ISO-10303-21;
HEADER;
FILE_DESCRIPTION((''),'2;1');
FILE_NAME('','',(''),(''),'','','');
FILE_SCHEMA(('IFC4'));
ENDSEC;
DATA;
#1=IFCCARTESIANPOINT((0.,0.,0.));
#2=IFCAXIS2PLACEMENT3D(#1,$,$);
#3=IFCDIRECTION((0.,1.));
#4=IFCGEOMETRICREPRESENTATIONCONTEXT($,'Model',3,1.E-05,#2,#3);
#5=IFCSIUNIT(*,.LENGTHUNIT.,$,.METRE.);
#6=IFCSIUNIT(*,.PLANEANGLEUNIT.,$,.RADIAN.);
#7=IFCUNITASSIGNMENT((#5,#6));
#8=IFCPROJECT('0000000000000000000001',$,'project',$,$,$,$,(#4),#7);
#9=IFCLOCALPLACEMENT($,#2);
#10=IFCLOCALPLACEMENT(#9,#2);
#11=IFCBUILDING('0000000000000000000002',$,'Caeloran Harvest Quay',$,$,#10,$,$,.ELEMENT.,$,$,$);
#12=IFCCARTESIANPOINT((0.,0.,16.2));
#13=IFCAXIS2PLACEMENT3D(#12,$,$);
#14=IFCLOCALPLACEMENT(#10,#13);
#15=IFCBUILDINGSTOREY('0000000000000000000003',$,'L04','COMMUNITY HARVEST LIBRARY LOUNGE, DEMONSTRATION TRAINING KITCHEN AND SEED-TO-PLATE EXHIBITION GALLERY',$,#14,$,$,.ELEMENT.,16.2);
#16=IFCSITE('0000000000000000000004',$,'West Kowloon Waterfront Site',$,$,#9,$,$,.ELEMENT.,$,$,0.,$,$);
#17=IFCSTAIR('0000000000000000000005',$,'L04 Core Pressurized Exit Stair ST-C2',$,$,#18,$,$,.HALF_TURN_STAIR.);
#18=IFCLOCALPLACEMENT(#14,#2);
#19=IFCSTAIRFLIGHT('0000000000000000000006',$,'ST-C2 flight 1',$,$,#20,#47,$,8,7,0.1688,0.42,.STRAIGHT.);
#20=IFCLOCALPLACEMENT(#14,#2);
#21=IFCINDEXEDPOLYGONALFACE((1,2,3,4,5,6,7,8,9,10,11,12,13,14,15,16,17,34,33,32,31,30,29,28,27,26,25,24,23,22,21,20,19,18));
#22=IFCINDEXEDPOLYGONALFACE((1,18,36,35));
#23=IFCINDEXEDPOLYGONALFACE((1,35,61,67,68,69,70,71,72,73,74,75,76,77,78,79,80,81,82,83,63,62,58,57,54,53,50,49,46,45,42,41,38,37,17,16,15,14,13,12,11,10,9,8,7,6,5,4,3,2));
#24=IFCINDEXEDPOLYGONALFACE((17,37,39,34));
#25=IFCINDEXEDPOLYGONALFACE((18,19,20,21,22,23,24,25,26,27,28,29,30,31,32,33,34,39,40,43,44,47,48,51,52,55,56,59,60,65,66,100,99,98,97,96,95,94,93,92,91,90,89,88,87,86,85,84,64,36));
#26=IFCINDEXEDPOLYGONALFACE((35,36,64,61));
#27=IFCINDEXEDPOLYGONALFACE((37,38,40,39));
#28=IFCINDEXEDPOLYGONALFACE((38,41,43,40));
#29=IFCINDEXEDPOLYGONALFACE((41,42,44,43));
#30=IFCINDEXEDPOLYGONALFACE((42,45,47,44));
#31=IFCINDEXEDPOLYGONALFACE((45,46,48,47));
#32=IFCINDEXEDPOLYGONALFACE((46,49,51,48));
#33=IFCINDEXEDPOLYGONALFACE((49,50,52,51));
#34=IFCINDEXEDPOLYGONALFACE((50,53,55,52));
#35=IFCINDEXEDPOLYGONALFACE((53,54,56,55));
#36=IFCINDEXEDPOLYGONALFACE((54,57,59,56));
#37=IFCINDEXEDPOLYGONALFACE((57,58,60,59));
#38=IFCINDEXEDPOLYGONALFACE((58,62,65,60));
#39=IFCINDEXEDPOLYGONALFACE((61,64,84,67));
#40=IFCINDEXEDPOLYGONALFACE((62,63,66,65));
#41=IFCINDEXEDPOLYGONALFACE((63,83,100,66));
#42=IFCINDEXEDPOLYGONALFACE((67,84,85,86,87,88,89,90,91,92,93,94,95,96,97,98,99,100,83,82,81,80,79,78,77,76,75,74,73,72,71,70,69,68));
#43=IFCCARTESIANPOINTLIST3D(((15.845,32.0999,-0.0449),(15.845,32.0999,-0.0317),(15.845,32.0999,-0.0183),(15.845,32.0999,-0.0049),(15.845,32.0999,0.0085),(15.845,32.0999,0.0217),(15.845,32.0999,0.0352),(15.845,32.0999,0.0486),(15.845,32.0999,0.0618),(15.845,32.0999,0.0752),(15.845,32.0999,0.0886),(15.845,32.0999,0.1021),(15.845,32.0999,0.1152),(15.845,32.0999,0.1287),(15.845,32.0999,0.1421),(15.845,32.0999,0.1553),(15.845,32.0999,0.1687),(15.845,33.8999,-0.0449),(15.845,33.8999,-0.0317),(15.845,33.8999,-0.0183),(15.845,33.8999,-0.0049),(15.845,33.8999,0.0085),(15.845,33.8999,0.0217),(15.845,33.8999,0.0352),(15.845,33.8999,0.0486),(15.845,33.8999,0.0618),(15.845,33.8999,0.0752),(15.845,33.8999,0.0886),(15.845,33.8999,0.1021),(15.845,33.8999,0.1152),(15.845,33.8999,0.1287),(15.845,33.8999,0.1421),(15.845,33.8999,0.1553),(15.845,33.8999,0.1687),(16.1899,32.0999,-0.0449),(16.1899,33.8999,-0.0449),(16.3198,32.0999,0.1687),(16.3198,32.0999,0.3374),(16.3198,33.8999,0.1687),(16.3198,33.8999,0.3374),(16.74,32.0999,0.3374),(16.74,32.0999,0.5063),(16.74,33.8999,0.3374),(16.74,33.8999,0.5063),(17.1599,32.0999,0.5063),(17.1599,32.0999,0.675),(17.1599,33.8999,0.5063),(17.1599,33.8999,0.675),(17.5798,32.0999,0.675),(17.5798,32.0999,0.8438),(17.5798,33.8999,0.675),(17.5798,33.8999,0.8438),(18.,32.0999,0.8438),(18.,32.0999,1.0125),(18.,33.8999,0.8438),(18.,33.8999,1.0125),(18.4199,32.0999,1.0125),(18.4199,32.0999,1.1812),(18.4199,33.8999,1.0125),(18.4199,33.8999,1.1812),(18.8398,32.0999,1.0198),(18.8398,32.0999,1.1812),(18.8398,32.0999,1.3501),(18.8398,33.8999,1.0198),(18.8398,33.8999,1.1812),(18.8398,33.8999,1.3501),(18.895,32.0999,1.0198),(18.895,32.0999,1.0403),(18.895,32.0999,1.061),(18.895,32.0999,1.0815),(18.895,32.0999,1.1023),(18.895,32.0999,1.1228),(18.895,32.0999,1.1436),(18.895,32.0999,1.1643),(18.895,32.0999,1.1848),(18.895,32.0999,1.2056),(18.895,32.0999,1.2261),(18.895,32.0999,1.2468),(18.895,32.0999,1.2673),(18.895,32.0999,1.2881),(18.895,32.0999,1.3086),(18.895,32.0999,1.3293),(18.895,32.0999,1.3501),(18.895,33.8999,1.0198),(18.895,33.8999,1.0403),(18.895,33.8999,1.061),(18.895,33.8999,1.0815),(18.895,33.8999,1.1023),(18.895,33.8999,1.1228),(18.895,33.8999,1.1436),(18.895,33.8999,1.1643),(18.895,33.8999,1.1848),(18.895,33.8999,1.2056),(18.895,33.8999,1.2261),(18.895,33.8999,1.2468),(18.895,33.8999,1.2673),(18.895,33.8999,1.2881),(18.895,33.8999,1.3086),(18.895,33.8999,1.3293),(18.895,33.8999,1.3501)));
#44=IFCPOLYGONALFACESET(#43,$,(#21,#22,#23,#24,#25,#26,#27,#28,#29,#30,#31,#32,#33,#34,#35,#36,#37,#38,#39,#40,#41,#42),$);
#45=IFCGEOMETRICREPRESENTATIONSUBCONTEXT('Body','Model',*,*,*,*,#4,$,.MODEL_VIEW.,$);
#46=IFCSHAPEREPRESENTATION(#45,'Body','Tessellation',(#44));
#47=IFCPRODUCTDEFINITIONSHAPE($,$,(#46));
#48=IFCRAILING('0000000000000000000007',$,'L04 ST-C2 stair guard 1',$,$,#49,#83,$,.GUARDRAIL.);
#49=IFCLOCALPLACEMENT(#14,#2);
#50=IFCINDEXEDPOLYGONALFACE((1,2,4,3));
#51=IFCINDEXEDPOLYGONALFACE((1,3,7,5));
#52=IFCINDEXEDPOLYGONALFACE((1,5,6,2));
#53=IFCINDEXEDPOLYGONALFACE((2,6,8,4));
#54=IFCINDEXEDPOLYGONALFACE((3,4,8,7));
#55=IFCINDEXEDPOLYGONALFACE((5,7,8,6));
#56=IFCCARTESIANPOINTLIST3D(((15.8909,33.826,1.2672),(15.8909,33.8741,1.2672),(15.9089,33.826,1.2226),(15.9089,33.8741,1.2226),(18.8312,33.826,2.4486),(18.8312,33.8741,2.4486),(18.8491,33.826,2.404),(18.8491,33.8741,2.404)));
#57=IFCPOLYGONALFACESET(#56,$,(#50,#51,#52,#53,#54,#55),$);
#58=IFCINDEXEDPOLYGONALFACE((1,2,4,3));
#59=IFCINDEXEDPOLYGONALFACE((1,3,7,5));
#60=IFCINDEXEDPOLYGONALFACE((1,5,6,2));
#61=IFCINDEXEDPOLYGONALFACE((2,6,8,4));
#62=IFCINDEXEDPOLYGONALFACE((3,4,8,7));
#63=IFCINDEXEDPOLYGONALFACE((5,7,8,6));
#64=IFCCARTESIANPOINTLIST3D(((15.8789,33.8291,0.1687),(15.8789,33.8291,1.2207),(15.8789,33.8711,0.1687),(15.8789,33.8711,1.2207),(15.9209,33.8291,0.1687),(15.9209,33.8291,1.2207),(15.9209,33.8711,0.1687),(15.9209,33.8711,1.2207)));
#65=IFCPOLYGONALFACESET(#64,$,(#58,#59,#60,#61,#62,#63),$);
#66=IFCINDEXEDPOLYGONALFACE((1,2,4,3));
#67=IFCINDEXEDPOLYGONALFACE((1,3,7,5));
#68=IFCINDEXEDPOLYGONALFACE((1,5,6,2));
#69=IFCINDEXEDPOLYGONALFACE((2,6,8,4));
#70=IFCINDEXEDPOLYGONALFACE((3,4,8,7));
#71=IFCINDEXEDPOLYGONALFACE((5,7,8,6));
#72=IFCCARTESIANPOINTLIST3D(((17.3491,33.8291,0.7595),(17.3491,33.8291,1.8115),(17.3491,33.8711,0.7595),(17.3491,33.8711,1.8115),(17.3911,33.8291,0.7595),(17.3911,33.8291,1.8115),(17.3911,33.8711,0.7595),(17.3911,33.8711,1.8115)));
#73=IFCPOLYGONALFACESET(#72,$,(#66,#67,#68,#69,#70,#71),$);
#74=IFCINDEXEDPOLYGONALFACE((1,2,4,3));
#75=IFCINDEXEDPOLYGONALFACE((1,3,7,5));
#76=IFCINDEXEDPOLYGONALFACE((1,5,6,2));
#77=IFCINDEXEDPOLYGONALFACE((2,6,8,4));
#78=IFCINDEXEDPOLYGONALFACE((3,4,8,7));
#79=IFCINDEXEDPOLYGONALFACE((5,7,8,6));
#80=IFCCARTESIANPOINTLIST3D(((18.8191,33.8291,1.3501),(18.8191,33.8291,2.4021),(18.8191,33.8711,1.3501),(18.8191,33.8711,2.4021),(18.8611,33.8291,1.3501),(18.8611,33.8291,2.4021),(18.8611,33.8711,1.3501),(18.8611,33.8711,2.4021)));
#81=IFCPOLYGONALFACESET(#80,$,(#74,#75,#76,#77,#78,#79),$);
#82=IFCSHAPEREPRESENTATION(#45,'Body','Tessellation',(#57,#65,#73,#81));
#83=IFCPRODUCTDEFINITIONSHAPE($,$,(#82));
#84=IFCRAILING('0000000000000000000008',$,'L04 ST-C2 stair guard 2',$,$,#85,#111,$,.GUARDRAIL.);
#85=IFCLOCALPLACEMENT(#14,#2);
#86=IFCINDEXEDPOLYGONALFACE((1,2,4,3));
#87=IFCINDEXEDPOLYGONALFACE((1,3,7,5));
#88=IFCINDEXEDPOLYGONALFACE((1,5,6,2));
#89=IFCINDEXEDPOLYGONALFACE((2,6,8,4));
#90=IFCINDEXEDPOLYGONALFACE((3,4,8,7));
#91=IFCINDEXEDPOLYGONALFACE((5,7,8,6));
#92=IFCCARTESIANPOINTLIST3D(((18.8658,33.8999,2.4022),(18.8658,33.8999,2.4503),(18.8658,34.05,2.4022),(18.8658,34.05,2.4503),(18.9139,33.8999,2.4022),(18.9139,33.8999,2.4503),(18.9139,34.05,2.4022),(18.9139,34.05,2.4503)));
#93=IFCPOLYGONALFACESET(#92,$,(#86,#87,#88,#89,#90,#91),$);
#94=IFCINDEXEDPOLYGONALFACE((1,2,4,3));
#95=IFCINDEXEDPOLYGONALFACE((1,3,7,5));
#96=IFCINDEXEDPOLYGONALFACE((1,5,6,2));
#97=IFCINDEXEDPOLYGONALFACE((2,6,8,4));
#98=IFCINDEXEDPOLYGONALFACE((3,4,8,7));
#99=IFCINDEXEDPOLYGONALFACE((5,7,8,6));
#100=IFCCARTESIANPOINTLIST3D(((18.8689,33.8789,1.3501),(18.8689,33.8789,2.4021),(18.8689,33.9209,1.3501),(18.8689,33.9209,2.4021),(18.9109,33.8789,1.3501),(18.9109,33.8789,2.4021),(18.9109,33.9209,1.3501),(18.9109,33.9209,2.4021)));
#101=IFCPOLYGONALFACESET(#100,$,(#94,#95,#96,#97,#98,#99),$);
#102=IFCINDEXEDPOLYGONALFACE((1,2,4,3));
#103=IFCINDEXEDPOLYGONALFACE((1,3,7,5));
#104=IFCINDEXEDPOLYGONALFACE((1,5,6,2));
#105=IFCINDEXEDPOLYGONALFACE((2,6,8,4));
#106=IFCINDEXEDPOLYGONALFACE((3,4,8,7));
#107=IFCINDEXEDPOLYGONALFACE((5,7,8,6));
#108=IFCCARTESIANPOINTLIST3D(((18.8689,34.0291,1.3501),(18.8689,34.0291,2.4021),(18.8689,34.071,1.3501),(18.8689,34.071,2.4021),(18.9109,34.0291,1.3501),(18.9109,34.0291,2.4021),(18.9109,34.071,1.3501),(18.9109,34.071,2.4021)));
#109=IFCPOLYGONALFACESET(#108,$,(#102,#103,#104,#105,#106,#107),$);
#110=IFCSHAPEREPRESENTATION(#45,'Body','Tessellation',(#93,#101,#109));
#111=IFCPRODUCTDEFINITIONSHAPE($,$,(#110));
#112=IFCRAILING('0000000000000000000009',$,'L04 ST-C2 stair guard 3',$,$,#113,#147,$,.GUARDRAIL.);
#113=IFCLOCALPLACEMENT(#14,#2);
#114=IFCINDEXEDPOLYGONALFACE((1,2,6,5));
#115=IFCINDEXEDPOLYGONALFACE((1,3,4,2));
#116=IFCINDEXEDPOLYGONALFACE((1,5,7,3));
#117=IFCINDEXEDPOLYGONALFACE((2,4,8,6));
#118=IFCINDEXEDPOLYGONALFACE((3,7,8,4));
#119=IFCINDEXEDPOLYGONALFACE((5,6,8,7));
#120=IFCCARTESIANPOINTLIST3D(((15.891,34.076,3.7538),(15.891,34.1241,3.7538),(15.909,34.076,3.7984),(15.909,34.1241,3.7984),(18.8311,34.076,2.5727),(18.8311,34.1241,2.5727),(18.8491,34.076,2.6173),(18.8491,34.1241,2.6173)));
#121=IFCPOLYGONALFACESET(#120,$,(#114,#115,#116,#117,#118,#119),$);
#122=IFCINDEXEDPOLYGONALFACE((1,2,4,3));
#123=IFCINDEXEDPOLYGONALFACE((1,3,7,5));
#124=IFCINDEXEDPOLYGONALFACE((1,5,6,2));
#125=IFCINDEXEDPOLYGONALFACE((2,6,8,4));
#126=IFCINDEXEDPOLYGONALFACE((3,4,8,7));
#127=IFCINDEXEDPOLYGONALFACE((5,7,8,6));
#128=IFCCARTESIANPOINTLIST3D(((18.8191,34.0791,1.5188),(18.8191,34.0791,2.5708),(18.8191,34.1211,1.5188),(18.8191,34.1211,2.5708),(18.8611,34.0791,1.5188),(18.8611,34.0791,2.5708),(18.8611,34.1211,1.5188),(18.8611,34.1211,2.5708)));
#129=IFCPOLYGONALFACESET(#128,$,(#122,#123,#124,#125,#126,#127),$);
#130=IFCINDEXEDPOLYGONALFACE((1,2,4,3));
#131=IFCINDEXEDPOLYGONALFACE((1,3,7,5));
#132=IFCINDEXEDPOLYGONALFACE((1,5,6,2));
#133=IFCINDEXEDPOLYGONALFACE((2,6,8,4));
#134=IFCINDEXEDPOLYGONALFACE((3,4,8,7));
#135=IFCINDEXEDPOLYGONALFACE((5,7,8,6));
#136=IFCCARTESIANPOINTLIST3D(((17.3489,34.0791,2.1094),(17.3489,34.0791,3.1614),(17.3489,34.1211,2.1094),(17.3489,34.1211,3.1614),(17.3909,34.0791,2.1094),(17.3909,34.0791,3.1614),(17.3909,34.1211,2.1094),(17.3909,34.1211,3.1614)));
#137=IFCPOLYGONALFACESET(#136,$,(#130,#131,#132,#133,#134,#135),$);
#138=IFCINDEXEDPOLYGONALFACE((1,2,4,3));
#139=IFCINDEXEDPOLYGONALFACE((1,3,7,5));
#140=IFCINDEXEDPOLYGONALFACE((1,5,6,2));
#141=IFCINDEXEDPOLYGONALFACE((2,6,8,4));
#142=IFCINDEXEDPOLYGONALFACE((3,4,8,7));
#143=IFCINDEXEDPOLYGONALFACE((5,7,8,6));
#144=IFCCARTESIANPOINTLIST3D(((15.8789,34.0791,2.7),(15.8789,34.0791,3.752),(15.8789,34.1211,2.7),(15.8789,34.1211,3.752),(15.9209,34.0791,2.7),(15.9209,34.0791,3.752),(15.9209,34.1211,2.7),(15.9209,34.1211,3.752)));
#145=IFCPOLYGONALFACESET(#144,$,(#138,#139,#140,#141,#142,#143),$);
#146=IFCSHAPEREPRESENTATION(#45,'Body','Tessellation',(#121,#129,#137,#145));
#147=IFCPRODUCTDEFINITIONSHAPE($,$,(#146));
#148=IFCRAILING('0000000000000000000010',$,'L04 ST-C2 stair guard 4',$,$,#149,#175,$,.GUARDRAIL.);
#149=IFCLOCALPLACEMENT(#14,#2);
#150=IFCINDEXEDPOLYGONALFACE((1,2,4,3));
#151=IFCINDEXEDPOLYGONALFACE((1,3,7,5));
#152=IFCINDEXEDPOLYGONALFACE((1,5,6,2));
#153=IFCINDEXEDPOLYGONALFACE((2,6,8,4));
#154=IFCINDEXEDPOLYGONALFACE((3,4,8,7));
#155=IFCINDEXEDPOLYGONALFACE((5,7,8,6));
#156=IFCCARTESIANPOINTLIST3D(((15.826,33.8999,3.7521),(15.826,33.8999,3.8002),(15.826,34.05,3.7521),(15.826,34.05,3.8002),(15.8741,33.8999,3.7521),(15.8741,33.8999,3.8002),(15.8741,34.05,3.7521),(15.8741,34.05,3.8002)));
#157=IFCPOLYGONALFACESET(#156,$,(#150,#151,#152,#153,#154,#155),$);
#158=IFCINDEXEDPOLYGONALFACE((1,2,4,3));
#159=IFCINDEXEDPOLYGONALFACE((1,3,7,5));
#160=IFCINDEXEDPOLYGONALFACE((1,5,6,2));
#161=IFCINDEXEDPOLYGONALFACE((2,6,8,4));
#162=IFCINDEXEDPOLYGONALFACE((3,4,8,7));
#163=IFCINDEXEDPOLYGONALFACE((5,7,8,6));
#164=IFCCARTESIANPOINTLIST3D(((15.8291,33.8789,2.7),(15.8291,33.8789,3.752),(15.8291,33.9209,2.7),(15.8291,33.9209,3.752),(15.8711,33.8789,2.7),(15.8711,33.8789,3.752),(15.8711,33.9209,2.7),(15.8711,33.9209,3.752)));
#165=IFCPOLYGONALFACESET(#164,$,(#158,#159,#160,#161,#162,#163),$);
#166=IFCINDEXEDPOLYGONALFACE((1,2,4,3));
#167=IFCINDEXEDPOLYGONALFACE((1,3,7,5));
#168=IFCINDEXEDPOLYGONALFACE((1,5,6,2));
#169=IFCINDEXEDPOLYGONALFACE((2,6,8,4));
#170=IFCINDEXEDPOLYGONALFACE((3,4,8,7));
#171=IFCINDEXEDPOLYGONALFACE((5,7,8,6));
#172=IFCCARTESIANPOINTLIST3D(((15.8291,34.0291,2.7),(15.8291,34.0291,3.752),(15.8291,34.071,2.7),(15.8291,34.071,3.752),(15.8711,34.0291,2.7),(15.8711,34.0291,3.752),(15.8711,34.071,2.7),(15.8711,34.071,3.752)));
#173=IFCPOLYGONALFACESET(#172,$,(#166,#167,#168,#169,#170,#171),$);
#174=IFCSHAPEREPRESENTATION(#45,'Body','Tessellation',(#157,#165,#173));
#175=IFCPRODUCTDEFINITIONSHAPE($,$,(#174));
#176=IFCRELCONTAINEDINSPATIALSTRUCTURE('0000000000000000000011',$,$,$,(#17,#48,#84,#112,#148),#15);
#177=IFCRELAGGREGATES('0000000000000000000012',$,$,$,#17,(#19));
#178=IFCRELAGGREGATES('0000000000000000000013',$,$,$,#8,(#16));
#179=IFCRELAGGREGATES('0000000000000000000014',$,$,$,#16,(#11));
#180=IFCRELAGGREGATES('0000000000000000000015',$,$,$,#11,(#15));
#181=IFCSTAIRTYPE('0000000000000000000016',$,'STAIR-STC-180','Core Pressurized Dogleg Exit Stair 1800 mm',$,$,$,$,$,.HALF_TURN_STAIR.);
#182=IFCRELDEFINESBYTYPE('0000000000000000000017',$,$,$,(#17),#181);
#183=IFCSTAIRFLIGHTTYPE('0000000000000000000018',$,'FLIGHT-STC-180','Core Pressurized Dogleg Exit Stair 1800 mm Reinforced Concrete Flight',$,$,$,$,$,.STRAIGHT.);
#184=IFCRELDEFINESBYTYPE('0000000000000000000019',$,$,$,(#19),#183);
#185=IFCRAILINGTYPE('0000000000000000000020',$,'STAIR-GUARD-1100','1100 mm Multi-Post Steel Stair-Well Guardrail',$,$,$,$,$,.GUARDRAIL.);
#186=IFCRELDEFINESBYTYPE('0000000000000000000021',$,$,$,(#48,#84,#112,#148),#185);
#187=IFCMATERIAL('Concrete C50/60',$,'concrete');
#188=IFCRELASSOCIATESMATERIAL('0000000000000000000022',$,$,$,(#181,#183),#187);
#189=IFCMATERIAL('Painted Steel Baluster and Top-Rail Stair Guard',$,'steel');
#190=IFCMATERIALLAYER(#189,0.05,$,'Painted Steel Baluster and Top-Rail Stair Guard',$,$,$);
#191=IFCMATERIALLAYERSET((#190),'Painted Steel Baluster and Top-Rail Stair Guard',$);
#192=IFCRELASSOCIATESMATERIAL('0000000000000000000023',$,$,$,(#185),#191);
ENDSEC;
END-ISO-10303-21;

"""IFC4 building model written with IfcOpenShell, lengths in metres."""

from ifc_helpers import new_model, si_unit, direction, frame, origin, origin_2d, place, context, subcontext, project, spatial, polyline, rectangle, outline, extrude, material, layer, layer_set, type_object, element, aggregate, save


model = new_model("IFC4")

# Units and contexts
model_context = context("Model", 3, precision=1e-05, world=origin(), true_north=direction((0.0, 1.0)))
body_context = subcontext(model_context, "Body", "Model", "MODEL_VIEW")
ifc_project = project(units=[si_unit("LENGTHUNIT", "METRE"), si_unit("PLANEANGLEUNIT", "RADIAN")], contexts=[model_context])

# Site, building, storey
site_placement = place(None, origin())
site = spatial("IfcSite", under=ifc_project, at=site_placement, Name="West Kowloon Waterfront Site", CompositionType="ELEMENT", RefElevation=0.0)
building_placement = place(site_placement, origin())
building = spatial("IfcBuilding", under=site, at=building_placement, Name="Caeloran Harvest Quay", CompositionType="ELEMENT")
storey_placement = place(building_placement, frame((0.0, 0.0, 16.2)))
storey = spatial("IfcBuildingStorey", under=building, at=storey_placement, Name="L04", Description="COMMUNITY HARVEST LIBRARY LOUNGE, DEMONSTRATION TRAINING KITCHEN AND SEED-TO-PLATE EXHIBITION GALLERY", CompositionType="ELEMENT", Elevation=16.2)

# Shared definitions
ifc_material_1 = material(Name="Concrete C50/60", Category="concrete")

# Stair, stair flight
stair_type = type_object("IfcStairType", Name="STAIR-STC-180", Description="Core Pressurized Dogleg Exit Stair 1800 mm", PredefinedType="HALF_TURN_STAIR", material=ifc_material_1)
stair_placement = place(storey_placement, origin())
stair = element("IfcStair", 1, at=stair_placement, inside=storey, type_object=stair_type, Name="L04 Core Pressurized Exit Stair ST-C2", PredefinedType="HALF_TURN_STAIR")
stair_flight_type = type_object("IfcStairFlightType", Name="FLIGHT-STC-180", Description="Core Pressurized Dogleg Exit Stair 1800 mm Reinforced Concrete Flight", PredefinedType="STRAIGHT", material=ifc_material_1)
stair_flight_1_placement = place(storey_placement, frame((15.8999, 33.0, 0.0), z_axis=(0.0, 0.0, 1.0), x_axis=(1.0, 0.0, 0.0)))
stair_flight_1 = element("IfcStairFlight", 2, at=stair_flight_1_placement, type_object=stair_flight_type, Name="ST-C2 flight 1", NumberOfRisers=8, NumberOfTreads=7, PredefinedType="STRAIGHT", RiserHeight=0.1688, TreadLength=0.42, context=body_context, shape_type="SweptSolid", body=[
    extrude(outline(polyline([(-0.0549, -0.0449), (-0.0549, -0.0317), (-0.0549, -0.0183), (-0.0549, -0.0049), (-0.0549, 0.0085), (-0.0549, 0.0217), (-0.0549, 0.0352), (-0.0549, 0.0486), (-0.0549, 0.0618), (-0.0549, 0.0752), (-0.0549, 0.0886), (-0.0549, 0.1021), (-0.0549, 0.1152), (-0.0549, 0.1287), (-0.0549, 0.1421), (-0.0549, 0.1553), (-0.0549, 0.1687), (0.4199, 0.1687), (0.4199, 0.3374), (0.8401, 0.3374), (0.8401, 0.5063), (1.26, 0.5063), (1.26, 0.675), (1.6799, 0.675), (1.6799, 0.8438), (2.1001, 0.8438), (2.1001, 1.0125), (2.52, 1.0125), (2.52, 1.1812), (2.9399, 1.1812), (2.9399, 1.3501), (2.9951, 1.3501), (2.9951, 1.3293), (2.9951, 1.3086), (2.9951, 1.2881), (2.9951, 1.2673), (2.9951, 1.2468), (2.9951, 1.2261), (2.9951, 1.2056), (2.9951, 1.1848), (2.9951, 1.1643), (2.9951, 1.1436), (2.9951, 1.1228), (2.9951, 1.1023), (2.9951, 1.0815), (2.9951, 1.061), (2.9951, 1.0403), (2.9951, 1.0198), (2.9399, 1.0198), (0.29, -0.0449), (-0.0549, -0.0449)])), frame((0.0, 0.8999, 0.0), z_axis=(0.0, -1.0, 0.0), x_axis=(1.0, 0.0, 0.0)), (0.0, 0.0, 1.0), 1.8),
])
aggregate(stair, [stair_flight_1])

# Railings
ifc_material_2 = material(Name="Painted Steel Baluster and Top-Rail Stair Guard", Category="steel")
ifc_layer_1 = layer(ifc_material_2, 0.05, Name="Painted Steel Baluster and Top-Rail Stair Guard")
ifc_layer_set_1 = layer_set([ifc_layer_1], Name="Painted Steel Baluster and Top-Rail Stair Guard")
railing_type_1 = type_object("IfcRailingType", Name="STAIR-GUARD-1100", Description="1100 mm Multi-Post Steel Stair-Well Guardrail", PredefinedType="GUARDRAIL", material=ifc_layer_set_1)
railing_1_placement = place(storey_placement, frame((15.8999, 33.8501, 0.1687)))
element("IfcRailing", 3, at=railing_1_placement, inside=storey, type_object=railing_type_1, Name="L04 ST-C2 stair guard 1", PredefinedType="GUARDRAIL", context=body_context, shape_type="SweptSolid", body=[
    extrude(rectangle(XDim=0.0481, YDim=0.0481, at=origin_2d()), frame((0.0, 0.0, 1.0762), z_axis=(0.927896, 0.0, 0.372838), x_axis=(0.0, 1.0, 0.0)), (0.0, 0.0, 1.0), 3.1687),
    extrude(rectangle(XDim=0.042, YDim=0.042, at=origin_2d()), origin(), (0.0, 0.0, 1.0), 1.052),
    extrude(rectangle(XDim=0.042, YDim=0.042, at=origin_2d()), frame((1.4702, 0.0, 0.5908)), (0.0, 0.0, 1.0), 1.052),
    extrude(rectangle(XDim=0.042, YDim=0.042, at=origin_2d()), frame((2.9402, 0.0, 1.1814)), (0.0, 0.0, 1.0), 1.052),
])
railing_2_placement = place(storey_placement, frame((18.8899, 33.8999, 1.3501)))
element("IfcRailing", 4, at=railing_2_placement, inside=storey, type_object=railing_type_1, Name="L04 ST-C2 stair guard 2", PredefinedType="GUARDRAIL", context=body_context, shape_type="SweptSolid", body=[
    extrude(rectangle(XDim=0.0481, YDim=0.0481, at=origin_2d()), frame((0.0, 0.0, 1.0762), z_axis=(0.0, 1.0, 0.0), x_axis=(-1.0, 0.0, 0.0)), (0.0, 0.0, 1.0), 0.1501),
    extrude(rectangle(XDim=0.042, YDim=0.042, at=origin_2d()), origin(), (0.0, 0.0, 1.0), 1.052),
    extrude(rectangle(XDim=0.042, YDim=0.042, at=origin_2d()), frame((0.0, 0.1501, 0.0)), (0.0, 0.0, 1.0), 1.052),
])
railing_3_placement = place(storey_placement, frame((18.8401, 34.1001, 1.5188)))
element("IfcRailing", 5, at=railing_3_placement, inside=storey, type_object=railing_type_1, Name="L04 ST-C2 stair guard 3", PredefinedType="GUARDRAIL", context=body_context, shape_type="SweptSolid", body=[
    extrude(rectangle(XDim=0.0481, YDim=0.0481, at=origin_2d()), frame((0.0, 0.0, 1.0762), z_axis=(-0.927923, 0.0, 0.372772), x_axis=(0.0, -1.0, 0.0)), (0.0, 0.0, 1.0), 3.1685),
    extrude(rectangle(XDim=0.042, YDim=0.042, at=origin_2d()), origin(), (0.0, 0.0, 1.0), 1.052),
    extrude(rectangle(XDim=0.042, YDim=0.042, at=origin_2d()), frame((-1.4702, 0.0, 0.5906)), (0.0, 0.0, 1.0), 1.052),
    extrude(rectangle(XDim=0.042, YDim=0.042, at=origin_2d()), frame((-2.9402, 0.0, 1.1812)), (0.0, 0.0, 1.0), 1.052),
])
railing_4_placement = place(storey_placement, frame((15.8501, 33.8999, 2.7)))
element("IfcRailing", 6, at=railing_4_placement, inside=storey, type_object=railing_type_1, Name="L04 ST-C2 stair guard 4", PredefinedType="GUARDRAIL", context=body_context, shape_type="SweptSolid", body=[
    extrude(rectangle(XDim=0.0481, YDim=0.0481, at=origin_2d()), frame((0.0, 0.0, 1.0762), z_axis=(0.0, 1.0, 0.0), x_axis=(-1.0, 0.0, 0.0)), (0.0, 0.0, 1.0), 0.1501),
    extrude(rectangle(XDim=0.042, YDim=0.042, at=origin_2d()), origin(), (0.0, 0.0, 1.0), 1.052),
    extrude(rectangle(XDim=0.042, YDim=0.042, at=origin_2d()), frame((0.0, 0.1501, 0.0)), (0.0, 0.0, 1.0), 1.052),
])

save(model, "model.ifc")
